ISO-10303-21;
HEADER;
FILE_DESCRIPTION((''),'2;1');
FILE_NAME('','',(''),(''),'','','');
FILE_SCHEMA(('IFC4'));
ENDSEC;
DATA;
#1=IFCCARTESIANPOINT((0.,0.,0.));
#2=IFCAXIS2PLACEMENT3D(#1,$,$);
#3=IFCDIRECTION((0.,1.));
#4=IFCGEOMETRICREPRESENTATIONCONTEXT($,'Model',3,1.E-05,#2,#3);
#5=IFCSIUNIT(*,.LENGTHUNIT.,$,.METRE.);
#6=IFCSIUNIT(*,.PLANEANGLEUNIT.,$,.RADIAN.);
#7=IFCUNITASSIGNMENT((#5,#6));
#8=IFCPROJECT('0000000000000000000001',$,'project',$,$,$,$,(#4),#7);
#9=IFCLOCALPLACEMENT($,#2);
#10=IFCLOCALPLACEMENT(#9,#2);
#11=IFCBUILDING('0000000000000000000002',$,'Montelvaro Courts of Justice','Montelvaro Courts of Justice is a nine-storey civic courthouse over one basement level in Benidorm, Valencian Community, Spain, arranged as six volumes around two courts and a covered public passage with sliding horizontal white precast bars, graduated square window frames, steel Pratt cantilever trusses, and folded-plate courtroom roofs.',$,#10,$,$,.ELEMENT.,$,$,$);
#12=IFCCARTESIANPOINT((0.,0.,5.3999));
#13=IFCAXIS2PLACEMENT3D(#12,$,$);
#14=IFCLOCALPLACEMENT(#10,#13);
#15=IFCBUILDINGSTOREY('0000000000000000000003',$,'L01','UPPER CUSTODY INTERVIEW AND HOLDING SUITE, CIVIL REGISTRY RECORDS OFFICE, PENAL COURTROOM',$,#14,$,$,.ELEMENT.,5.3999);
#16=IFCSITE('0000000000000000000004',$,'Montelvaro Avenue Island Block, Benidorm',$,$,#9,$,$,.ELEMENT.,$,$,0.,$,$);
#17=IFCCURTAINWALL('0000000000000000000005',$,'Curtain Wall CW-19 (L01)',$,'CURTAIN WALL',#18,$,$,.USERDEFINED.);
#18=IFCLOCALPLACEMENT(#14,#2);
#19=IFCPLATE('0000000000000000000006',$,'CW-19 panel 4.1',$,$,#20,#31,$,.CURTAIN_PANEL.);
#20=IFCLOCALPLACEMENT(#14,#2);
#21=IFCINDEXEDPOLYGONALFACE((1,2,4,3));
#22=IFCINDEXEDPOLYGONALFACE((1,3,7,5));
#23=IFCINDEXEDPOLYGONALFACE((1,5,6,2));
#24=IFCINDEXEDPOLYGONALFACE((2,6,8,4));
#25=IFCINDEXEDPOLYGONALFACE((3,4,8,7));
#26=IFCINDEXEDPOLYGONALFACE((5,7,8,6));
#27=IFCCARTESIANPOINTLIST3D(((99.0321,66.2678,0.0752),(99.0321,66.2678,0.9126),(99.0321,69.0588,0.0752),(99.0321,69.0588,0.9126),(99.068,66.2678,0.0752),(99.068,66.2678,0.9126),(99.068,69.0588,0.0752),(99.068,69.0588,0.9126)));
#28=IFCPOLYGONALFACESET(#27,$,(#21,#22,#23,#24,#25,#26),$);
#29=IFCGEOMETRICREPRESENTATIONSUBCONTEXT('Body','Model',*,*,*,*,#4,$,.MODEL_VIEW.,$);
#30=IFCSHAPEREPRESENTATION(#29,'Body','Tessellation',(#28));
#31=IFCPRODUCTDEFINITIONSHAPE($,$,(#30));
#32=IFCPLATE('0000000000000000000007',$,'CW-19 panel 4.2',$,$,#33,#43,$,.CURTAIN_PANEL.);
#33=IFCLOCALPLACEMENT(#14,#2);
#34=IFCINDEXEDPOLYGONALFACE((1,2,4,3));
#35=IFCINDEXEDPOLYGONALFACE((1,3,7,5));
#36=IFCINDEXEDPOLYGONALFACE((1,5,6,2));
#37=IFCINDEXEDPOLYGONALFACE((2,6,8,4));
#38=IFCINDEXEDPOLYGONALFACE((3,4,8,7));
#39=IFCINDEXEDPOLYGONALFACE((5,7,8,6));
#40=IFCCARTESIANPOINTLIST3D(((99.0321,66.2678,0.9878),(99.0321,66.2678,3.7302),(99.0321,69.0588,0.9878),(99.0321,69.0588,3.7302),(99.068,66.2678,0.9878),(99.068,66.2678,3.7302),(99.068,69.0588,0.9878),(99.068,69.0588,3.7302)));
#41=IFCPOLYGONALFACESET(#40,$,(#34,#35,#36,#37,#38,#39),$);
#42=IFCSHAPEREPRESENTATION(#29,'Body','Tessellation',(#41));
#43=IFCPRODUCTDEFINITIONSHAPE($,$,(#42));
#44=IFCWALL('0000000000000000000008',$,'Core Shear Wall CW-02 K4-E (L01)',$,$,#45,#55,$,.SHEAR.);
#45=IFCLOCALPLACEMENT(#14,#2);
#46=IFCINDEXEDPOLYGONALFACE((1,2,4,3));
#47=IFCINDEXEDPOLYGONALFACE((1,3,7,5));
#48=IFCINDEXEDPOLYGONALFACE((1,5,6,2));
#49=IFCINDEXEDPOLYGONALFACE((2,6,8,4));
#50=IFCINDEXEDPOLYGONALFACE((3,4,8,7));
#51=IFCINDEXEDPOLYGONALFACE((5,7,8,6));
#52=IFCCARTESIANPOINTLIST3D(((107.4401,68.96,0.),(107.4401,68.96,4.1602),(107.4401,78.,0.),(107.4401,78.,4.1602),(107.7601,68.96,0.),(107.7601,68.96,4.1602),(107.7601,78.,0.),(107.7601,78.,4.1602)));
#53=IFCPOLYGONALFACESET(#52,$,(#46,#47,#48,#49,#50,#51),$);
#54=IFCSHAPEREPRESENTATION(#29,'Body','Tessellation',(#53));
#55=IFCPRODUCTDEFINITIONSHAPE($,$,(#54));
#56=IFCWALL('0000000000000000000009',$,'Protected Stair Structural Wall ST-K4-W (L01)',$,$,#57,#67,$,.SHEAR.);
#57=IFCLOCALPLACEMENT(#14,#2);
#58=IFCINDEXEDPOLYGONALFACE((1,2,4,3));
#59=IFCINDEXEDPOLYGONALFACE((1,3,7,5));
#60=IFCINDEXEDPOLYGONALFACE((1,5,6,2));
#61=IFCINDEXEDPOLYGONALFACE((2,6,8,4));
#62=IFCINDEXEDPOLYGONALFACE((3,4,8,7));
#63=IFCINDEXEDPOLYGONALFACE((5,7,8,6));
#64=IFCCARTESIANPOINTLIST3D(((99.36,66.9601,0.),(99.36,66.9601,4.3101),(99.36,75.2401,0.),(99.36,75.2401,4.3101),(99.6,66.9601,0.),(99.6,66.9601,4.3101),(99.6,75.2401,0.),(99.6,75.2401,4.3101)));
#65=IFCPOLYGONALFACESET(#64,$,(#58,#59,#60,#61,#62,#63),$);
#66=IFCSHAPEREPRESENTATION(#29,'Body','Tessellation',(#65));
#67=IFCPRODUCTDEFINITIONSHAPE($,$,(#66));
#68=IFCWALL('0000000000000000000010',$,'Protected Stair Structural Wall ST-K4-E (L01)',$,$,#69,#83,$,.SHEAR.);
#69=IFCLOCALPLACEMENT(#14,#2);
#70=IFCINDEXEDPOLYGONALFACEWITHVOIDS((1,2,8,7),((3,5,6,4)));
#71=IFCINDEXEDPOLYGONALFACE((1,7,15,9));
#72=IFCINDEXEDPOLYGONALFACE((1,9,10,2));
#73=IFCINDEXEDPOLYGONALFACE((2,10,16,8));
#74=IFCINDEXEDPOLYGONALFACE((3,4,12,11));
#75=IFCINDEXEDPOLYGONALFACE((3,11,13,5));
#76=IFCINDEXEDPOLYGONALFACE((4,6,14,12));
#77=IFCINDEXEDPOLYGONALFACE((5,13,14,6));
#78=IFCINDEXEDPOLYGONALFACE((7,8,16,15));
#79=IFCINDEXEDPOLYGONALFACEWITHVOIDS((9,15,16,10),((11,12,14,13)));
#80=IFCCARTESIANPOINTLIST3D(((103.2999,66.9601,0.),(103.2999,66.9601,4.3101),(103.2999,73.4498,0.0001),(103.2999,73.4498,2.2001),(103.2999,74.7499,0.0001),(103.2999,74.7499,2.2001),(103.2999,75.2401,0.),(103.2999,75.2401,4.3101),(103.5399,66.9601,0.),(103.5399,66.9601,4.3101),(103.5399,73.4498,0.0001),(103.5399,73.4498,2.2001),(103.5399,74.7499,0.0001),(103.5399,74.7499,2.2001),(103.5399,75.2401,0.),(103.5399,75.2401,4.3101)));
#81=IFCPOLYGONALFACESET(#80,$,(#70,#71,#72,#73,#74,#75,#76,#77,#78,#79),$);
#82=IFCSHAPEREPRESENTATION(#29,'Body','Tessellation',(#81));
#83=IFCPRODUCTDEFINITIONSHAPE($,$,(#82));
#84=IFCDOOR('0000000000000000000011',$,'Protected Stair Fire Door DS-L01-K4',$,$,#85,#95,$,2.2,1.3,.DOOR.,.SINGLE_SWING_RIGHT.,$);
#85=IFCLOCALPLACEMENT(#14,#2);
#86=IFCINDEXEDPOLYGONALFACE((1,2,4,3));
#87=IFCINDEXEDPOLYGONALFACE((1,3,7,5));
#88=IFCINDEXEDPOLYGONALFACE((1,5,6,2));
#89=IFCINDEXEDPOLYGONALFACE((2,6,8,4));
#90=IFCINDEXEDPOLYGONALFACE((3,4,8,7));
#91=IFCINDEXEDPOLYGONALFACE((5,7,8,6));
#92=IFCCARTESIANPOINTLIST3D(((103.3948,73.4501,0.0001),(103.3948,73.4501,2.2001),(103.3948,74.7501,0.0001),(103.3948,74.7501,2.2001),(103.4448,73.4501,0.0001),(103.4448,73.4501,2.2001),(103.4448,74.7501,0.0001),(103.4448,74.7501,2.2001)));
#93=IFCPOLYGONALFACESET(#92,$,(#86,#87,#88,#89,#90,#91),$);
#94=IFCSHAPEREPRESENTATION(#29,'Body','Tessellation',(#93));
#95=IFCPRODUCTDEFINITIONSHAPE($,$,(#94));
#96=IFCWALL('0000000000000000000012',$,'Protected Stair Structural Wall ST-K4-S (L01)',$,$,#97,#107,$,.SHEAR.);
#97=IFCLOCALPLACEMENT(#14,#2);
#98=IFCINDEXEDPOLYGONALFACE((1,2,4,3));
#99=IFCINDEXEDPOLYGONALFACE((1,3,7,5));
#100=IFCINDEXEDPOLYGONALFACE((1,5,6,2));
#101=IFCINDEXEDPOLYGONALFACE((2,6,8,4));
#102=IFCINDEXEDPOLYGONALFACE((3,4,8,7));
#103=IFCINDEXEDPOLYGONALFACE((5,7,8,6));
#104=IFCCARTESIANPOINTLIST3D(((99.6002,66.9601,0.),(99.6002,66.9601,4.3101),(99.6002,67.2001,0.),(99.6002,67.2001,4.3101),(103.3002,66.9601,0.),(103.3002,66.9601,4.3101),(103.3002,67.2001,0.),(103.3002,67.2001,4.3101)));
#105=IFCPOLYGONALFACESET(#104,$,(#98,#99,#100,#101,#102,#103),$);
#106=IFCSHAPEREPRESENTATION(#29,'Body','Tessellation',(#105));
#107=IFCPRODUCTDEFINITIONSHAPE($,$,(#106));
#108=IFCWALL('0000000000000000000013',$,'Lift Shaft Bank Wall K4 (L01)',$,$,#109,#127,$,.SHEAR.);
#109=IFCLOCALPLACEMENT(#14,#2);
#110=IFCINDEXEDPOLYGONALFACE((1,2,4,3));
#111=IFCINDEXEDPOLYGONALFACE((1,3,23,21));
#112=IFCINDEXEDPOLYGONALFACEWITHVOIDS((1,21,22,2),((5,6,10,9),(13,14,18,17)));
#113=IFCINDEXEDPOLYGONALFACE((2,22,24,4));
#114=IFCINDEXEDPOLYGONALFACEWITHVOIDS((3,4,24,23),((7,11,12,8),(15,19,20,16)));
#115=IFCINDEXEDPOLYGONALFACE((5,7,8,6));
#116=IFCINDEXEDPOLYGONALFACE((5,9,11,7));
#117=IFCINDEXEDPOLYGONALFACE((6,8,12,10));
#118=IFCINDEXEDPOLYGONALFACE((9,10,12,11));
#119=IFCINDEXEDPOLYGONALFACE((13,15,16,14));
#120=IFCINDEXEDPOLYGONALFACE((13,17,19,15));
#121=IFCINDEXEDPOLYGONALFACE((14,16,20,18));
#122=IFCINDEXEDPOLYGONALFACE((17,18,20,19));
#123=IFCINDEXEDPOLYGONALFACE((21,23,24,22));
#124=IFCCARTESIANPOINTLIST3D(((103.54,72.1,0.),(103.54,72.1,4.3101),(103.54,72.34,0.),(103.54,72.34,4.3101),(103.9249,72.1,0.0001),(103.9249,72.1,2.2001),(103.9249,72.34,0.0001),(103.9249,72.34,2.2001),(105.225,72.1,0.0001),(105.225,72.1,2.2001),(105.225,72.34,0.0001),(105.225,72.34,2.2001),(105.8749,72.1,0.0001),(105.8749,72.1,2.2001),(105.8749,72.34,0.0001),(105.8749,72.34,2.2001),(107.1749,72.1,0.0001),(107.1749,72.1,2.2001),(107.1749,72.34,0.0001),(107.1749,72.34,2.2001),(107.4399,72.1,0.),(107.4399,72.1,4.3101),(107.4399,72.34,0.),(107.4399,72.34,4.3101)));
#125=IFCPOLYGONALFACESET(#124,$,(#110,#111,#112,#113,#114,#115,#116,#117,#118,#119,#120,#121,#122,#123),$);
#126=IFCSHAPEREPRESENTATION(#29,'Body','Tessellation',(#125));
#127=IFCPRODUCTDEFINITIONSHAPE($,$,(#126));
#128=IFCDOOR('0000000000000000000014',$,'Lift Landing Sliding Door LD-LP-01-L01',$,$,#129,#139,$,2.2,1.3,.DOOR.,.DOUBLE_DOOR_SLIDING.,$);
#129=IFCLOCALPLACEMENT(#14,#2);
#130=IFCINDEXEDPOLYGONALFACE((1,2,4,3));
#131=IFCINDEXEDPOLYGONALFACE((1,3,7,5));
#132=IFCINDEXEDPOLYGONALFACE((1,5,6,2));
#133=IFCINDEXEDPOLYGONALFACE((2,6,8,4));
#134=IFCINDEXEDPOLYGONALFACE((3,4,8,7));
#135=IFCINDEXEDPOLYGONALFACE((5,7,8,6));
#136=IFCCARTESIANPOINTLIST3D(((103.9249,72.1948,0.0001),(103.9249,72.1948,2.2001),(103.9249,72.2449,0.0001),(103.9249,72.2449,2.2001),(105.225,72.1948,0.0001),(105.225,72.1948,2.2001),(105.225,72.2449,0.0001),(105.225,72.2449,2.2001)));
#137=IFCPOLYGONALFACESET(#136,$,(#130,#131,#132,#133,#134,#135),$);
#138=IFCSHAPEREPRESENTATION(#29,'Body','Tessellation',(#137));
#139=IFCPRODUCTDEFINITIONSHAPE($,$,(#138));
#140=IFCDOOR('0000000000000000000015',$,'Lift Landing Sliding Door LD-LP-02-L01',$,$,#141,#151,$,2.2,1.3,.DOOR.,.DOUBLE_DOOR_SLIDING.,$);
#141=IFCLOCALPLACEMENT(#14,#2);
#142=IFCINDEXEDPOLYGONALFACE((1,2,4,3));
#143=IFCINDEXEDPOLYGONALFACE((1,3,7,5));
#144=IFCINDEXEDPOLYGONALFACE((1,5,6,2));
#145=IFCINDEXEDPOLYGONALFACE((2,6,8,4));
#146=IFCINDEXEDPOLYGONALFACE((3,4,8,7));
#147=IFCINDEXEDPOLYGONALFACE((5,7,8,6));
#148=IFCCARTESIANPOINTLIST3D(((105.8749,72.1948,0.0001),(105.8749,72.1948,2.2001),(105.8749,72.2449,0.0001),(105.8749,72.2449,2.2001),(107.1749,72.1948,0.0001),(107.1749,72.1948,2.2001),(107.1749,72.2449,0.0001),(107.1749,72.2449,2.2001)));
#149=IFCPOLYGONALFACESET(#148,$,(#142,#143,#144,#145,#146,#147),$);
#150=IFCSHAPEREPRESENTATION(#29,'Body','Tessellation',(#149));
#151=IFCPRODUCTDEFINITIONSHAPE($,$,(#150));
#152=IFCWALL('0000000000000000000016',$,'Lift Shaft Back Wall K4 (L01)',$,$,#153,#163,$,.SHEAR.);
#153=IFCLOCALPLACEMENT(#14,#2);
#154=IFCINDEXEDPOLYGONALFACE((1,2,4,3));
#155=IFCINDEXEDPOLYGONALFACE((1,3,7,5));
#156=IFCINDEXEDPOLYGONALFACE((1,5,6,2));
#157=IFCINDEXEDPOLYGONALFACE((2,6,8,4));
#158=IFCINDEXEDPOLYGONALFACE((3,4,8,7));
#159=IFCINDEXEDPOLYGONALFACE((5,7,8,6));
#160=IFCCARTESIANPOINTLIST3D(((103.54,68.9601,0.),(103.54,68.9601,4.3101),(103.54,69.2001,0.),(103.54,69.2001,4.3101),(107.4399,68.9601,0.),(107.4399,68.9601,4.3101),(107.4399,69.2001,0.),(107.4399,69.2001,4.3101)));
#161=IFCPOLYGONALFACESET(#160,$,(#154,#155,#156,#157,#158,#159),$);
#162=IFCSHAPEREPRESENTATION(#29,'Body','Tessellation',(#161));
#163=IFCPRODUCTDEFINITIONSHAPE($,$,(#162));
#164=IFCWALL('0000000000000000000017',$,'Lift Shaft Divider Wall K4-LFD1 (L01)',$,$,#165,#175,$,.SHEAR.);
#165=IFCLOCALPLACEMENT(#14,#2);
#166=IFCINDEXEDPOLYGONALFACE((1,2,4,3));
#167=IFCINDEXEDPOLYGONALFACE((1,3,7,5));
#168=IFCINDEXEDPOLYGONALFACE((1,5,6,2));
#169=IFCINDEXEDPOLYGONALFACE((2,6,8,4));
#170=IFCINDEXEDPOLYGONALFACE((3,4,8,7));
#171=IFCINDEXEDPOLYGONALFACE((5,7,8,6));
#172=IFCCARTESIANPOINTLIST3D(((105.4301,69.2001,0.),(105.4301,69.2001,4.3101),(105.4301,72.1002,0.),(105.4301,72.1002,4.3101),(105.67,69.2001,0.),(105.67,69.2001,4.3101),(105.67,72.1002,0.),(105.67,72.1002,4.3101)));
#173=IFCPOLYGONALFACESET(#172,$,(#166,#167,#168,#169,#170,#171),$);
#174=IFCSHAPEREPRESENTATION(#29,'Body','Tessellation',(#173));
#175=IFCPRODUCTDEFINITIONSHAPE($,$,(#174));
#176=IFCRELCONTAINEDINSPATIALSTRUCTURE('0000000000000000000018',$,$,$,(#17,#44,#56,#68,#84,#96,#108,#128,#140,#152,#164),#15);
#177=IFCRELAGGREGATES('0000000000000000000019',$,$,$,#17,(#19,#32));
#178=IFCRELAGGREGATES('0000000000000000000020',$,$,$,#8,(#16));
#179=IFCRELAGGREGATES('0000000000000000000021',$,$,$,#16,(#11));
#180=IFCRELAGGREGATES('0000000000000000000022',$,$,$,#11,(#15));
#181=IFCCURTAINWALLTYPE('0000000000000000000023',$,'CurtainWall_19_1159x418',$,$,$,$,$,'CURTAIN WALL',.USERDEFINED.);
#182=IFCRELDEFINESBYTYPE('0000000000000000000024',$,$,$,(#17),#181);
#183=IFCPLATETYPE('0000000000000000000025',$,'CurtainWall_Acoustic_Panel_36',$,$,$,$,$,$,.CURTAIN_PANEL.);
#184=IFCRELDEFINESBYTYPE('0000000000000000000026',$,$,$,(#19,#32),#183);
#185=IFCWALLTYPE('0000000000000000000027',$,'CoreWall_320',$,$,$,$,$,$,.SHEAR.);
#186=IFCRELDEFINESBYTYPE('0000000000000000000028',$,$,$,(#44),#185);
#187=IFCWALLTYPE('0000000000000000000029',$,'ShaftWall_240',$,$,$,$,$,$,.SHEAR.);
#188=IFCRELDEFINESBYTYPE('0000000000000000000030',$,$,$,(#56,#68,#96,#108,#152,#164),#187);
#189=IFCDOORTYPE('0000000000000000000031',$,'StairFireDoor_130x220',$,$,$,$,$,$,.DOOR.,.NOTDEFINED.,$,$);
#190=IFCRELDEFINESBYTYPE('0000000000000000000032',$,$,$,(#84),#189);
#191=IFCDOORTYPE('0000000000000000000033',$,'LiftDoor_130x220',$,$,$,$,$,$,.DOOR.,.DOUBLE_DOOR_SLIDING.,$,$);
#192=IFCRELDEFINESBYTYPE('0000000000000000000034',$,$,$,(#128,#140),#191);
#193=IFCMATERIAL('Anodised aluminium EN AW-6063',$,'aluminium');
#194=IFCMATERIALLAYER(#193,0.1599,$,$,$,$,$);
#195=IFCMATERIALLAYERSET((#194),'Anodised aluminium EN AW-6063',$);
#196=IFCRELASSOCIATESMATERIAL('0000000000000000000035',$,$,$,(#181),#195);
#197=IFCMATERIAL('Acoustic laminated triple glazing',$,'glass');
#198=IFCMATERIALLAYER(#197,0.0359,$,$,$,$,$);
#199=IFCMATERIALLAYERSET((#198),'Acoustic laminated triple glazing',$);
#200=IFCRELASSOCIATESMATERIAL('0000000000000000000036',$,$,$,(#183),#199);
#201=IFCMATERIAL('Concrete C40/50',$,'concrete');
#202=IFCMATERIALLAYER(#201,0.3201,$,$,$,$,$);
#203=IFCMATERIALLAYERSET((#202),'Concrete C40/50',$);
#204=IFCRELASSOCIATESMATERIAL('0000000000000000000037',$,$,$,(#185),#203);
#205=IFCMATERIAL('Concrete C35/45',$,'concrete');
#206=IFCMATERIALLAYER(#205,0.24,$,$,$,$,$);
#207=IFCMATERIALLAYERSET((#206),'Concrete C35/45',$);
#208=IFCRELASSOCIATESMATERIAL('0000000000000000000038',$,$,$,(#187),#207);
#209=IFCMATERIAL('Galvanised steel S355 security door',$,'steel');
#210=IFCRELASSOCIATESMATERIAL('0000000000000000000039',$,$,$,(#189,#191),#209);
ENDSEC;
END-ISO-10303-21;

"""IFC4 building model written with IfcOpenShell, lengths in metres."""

from ifc_helpers import new_model, si_unit, direction, frame, frame_2d, origin, origin_2d, place, context, subcontext, project, spatial, rectangle, extrude, material, layer, layer_set, type_object, element, fill, aggregate, save


model = new_model("IFC4")

# Units and contexts
model_context = context("Model", 3, precision=1e-05, world=origin(), true_north=direction((0.0, 1.0)))
body_context = subcontext(model_context, "Body", "Model", "MODEL_VIEW")
ifc_project = project(units=[si_unit("LENGTHUNIT", "METRE"), si_unit("PLANEANGLEUNIT", "RADIAN")], contexts=[model_context])

# Site, building, storey
site_placement = place(None, origin())
site = spatial("IfcSite", under=ifc_project, at=site_placement, Name="Montelvaro Avenue Island Block, Benidorm", CompositionType="ELEMENT", RefElevation=0.0)
building_placement = place(site_placement, origin())
building = spatial("IfcBuilding", under=site, at=building_placement, Name="Montelvaro Courts of Justice", Description="Montelvaro Courts of Justice is a nine-storey civic courthouse over one basement level in Benidorm, Valencian Community, Spain, arranged as six volumes around two courts and a covered public passage with sliding horizontal white precast bars, graduated square window frames, steel Pratt cantilever trusses, and folded-plate courtroom roofs.", CompositionType="ELEMENT")
storey_placement = place(building_placement, frame((0.0, 0.0, 5.3999)))
storey = spatial("IfcBuildingStorey", under=building, at=storey_placement, Name="L01", Description="UPPER CUSTODY INTERVIEW AND HOLDING SUITE, CIVIL REGISTRY RECORDS OFFICE, PENAL COURTROOM", CompositionType="ELEMENT", Elevation=5.3999)

# Curtain wall, plates
ifc_material_1 = material(Name="Anodised aluminium EN AW-6063", Category="aluminium")
ifc_layer_1 = layer(ifc_material_1, 0.1599)
ifc_layer_set_1 = layer_set([ifc_layer_1], Name="Anodised aluminium EN AW-6063")
curtain_wall_type = type_object("IfcCurtainWallType", Name="CurtainWall_19_1159x418", ElementType="CURTAIN WALL", PredefinedType="USERDEFINED", material=ifc_layer_set_1)
curtain_wall_placement = place(storey_placement, origin())
curtain_wall = element("IfcCurtainWall", 1, at=curtain_wall_placement, inside=storey, type_object=curtain_wall_type, Name="Curtain Wall CW-19 (L01)", ObjectType="CURTAIN WALL", PredefinedType="USERDEFINED")
ifc_material_2 = material(Name="Acoustic laminated triple glazing", Category="glass")
ifc_layer_2 = layer(ifc_material_2, 0.0359)
ifc_layer_set_2 = layer_set([ifc_layer_2], Name="Acoustic laminated triple glazing")
plate_type = type_object("IfcPlateType", Name="CurtainWall_Acoustic_Panel_36", PredefinedType="CURTAIN_PANEL", material=ifc_layer_set_2)
plate_1_placement = place(storey_placement, frame((99.05, 67.6633, 0.0752), z_axis=(0.0, 0.0, 1.0), x_axis=(0.0, -1.0, 0.0)))
plate_1 = element("IfcPlate", 2, at=plate_1_placement, type_object=plate_type, Name="CW-19 panel 4.1", PredefinedType="CURTAIN_PANEL", context=body_context, shape_type="SweptSolid", body=[
    extrude(rectangle(XDim=2.791, YDim=0.0359, at=origin_2d()), origin(), (0.0, 0.0, 1.0), 0.8374),
])
plate_2_placement = place(storey_placement, frame((99.05, 67.6633, 0.9878), z_axis=(0.0, 0.0, 1.0), x_axis=(0.0, -1.0, 0.0)))
plate_2 = element("IfcPlate", 3, at=plate_2_placement, type_object=plate_type, Name="CW-19 panel 4.2", PredefinedType="CURTAIN_PANEL", context=body_context, shape_type="SweptSolid", body=[
    extrude(rectangle(XDim=2.791, YDim=0.0359, at=origin_2d()), origin(), (0.0, 0.0, 1.0), 2.7424),
])
aggregate(curtain_wall, [plate_1, plate_2])

# Walls
ifc_material_3 = material(Name="Concrete C40/50", Category="concrete")
ifc_layer_3 = layer(ifc_material_3, 0.3201)
ifc_layer_set_3 = layer_set([ifc_layer_3], Name="Concrete C40/50")
wall_type_1 = type_object("IfcWallType", Name="CoreWall_320", PredefinedType="SHEAR", material=ifc_layer_set_3)
wall_1_placement = place(storey_placement, frame((107.6001, 68.96, 0.0), z_axis=(0.0, 0.0, 1.0), x_axis=(0.0, 1.0, 0.0)))
element("IfcWall", 4, at=wall_1_placement, inside=storey, type_object=wall_type_1, Name="Core Shear Wall CW-02 K4-E (L01)", PredefinedType="SHEAR", context=body_context, shape_type="SweptSolid", body=[
    extrude(rectangle(XDim=9.04, YDim=0.3201, at=frame_2d((4.52, 0.0))), origin(), (0.0, 0.0, 1.0), 4.1602),
])
ifc_material_4 = material(Name="Concrete C35/45", Category="concrete")
ifc_layer_4 = layer(ifc_material_4, 0.24)
ifc_layer_set_4 = layer_set([ifc_layer_4], Name="Concrete C35/45")
wall_type_2 = type_object("IfcWallType", Name="ShaftWall_240", PredefinedType="SHEAR", material=ifc_layer_set_4)
wall_2_placement = place(storey_placement, frame((99.48, 66.96, 0.0), z_axis=(0.0, 0.0, 1.0), x_axis=(0.0, 1.0, 0.0)))
element("IfcWall", 5, at=wall_2_placement, inside=storey, type_object=wall_type_2, Name="Protected Stair Structural Wall ST-K4-W (L01)", PredefinedType="SHEAR", context=body_context, shape_type="SweptSolid", body=[
    extrude(rectangle(XDim=8.28, YDim=0.24, at=frame_2d((4.1401, 0.0))), origin(), (0.0, 0.0, 1.0), 4.3101),
])

# Wall, opening, door
wall_3_placement = place(storey_placement, frame((103.4199, 66.96, 0.0), z_axis=(0.0, 0.0, 1.0), x_axis=(0.0, 1.0, 0.0)))
wall_3 = element("IfcWall", 6, at=wall_3_placement, inside=storey, type_object=wall_type_2, Name="Protected Stair Structural Wall ST-K4-E (L01)", PredefinedType="SHEAR", context=body_context, shape_type="SweptSolid", body=[
    extrude(rectangle(XDim=8.28, YDim=0.24, at=frame_2d((4.1401, 0.0))), origin(), (0.0, 0.0, 1.0), 4.3101),
])
opening_1_placement = place(wall_3_placement, frame((6.49, 0.0, 0.0)))
opening_1 = element("IfcOpeningElement", 7, at=opening_1_placement, cuts=wall_3, PredefinedType="OPENING", context=body_context, shape_type="SweptSolid", body=[
    extrude(rectangle(XDim=1.3, YDim=2.2, at=frame_2d((0.6499, 1.1001))), frame((0.0, 0.1348, 0.0), z_axis=(0.0, -1.0, 0.0), x_axis=(1.0, 0.0, 0.0)), (0.0, 0.0, 1.0), 0.2698),
])
ifc_material_5 = material(Name="Galvanised steel S355 security door", Category="steel")
door_type_1 = type_object("IfcDoorType", Name="StairFireDoor_130x220", OperationType="NOTDEFINED", PredefinedType="DOOR", material=ifc_material_5)
door_1_placement = place(opening_1_placement, frame((1.3, 0.0, 0.0), z_axis=(0.0, 0.0, 1.0), x_axis=(-1.0, 0.0, 0.0)))
door_1 = element("IfcDoor", 8, at=door_1_placement, inside=storey, type_object=door_type_1, Name="Protected Stair Fire Door DS-L01-K4", OperationType="SINGLE_SWING_RIGHT", OverallHeight=2.2, OverallWidth=1.3, PredefinedType="DOOR", context=body_context, shape_type="SweptSolid", body=[
    extrude(rectangle(XDim=1.3, YDim=2.2, at=frame_2d((0.6499, 1.1001))), frame((0.0, 0.0249, 0.0), z_axis=(0.0, -1.0, 0.0), x_axis=(1.0, 0.0, 0.0)), (0.0, 0.0, 1.0), 0.05),
])
fill(opening_1, door_1)

# Wall
wall_4_placement = place(storey_placement, frame((99.6001, 67.0801, 0.0), z_axis=(0.0, 0.0, 1.0), x_axis=(1.0, 0.0, 0.0)))
element("IfcWall", 9, at=wall_4_placement, inside=storey, type_object=wall_type_2, Name="Protected Stair Structural Wall ST-K4-S (L01)", PredefinedType="SHEAR", context=body_context, shape_type="SweptSolid", body=[
    extrude(rectangle(XDim=3.7, YDim=0.24, at=frame_2d((1.8501, 0.0))), origin(), (0.0, 0.0, 1.0), 4.3101),
])

# Wall, openings, doors
wall_5_placement = place(storey_placement, frame((103.54, 72.22, 0.0), z_axis=(0.0, 0.0, 1.0), x_axis=(1.0, 0.0, 0.0)))
wall_5 = element("IfcWall", 10, at=wall_5_placement, inside=storey, type_object=wall_type_2, Name="Lift Shaft Bank Wall K4 (L01)", PredefinedType="SHEAR", context=body_context, shape_type="SweptSolid", body=[
    extrude(rectangle(XDim=3.8999, YDim=0.24, at=frame_2d((1.95, 0.0))), origin(), (0.0, 0.0, 1.0), 4.3101),
])
opening_2_placement = place(wall_5_placement, frame((0.385, 0.0, 0.0)))
opening_2 = element("IfcOpeningElement", 11, at=opening_2_placement, cuts=wall_5, PredefinedType="OPENING", context=body_context, shape_type="SweptSolid", body=[
    extrude(rectangle(XDim=1.3, YDim=2.2, at=frame_2d((0.6499, 1.1001))), frame((0.0, 0.1348, 0.0), z_axis=(0.0, -1.0, 0.0), x_axis=(1.0, 0.0, 0.0)), (0.0, 0.0, 1.0), 0.2698),
])
opening_3_placement = place(wall_5_placement, frame((2.335, 0.0, 0.0)))
opening_3 = element("IfcOpeningElement", 12, at=opening_3_placement, cuts=wall_5, PredefinedType="OPENING", context=body_context, shape_type="SweptSolid", body=[
    extrude(rectangle(XDim=1.3, YDim=2.2, at=frame_2d((0.6499, 1.1001))), frame((0.0, 0.1348, 0.0), z_axis=(0.0, -1.0, 0.0), x_axis=(1.0, 0.0, 0.0)), (0.0, 0.0, 1.0), 0.2698),
])
door_type_2 = type_object("IfcDoorType", Name="LiftDoor_130x220", OperationType="DOUBLE_DOOR_SLIDING", PredefinedType="DOOR", material=ifc_material_5)
door_2_placement = place(opening_2_placement, origin())
door_2 = element("IfcDoor", 13, at=door_2_placement, inside=storey, type_object=door_type_2, Name="Lift Landing Sliding Door LD-LP-01-L01", OperationType="DOUBLE_DOOR_SLIDING", OverallHeight=2.2, OverallWidth=1.3, PredefinedType="DOOR", context=body_context, shape_type="SweptSolid", body=[
    extrude(rectangle(XDim=1.3, YDim=2.2, at=frame_2d((0.6499, 1.1001))), frame((0.0, 0.0249, 0.0), z_axis=(0.0, -1.0, 0.0), x_axis=(1.0, 0.0, 0.0)), (0.0, 0.0, 1.0), 0.05),
])
fill(opening_2, door_2)
door_3_placement = place(opening_3_placement, origin())
door_3 = element("IfcDoor", 14, at=door_3_placement, inside=storey, type_object=door_type_2, Name="Lift Landing Sliding Door LD-LP-02-L01", OperationType="DOUBLE_DOOR_SLIDING", OverallHeight=2.2, OverallWidth=1.3, PredefinedType="DOOR", context=body_context, shape_type="SweptSolid", body=[
    extrude(rectangle(XDim=1.3, YDim=2.2, at=frame_2d((0.6499, 1.1001))), frame((0.0, 0.0249, 0.0), z_axis=(0.0, -1.0, 0.0), x_axis=(1.0, 0.0, 0.0)), (0.0, 0.0, 1.0), 0.05),
])
fill(opening_3, door_3)

# Walls
wall_6_placement = place(storey_placement, frame((103.54, 69.0801, 0.0), z_axis=(0.0, 0.0, 1.0), x_axis=(1.0, 0.0, 0.0)))
element("IfcWall", 15, at=wall_6_placement, inside=storey, type_object=wall_type_2, Name="Lift Shaft Back Wall K4 (L01)", PredefinedType="SHEAR", context=body_context, shape_type="SweptSolid", body=[
    extrude(rectangle(XDim=3.8999, YDim=0.24, at=frame_2d((1.95, 0.0))), origin(), (0.0, 0.0, 1.0), 4.3101),
])
wall_7_placement = place(storey_placement, frame((105.55, 69.2, 0.0), z_axis=(0.0, 0.0, 1.0), x_axis=(0.0, 1.0, 0.0)))
element("IfcWall", 16, at=wall_7_placement, inside=storey, type_object=wall_type_2, Name="Lift Shaft Divider Wall K4-LFD1 (L01)", PredefinedType="SHEAR", context=body_context, shape_type="SweptSolid", body=[
    extrude(rectangle(XDim=2.9001, YDim=0.24, at=frame_2d((1.4502, 0.0))), origin(), (0.0, 0.0, 1.0), 4.3101),
])

save(model, "model.ifc")
